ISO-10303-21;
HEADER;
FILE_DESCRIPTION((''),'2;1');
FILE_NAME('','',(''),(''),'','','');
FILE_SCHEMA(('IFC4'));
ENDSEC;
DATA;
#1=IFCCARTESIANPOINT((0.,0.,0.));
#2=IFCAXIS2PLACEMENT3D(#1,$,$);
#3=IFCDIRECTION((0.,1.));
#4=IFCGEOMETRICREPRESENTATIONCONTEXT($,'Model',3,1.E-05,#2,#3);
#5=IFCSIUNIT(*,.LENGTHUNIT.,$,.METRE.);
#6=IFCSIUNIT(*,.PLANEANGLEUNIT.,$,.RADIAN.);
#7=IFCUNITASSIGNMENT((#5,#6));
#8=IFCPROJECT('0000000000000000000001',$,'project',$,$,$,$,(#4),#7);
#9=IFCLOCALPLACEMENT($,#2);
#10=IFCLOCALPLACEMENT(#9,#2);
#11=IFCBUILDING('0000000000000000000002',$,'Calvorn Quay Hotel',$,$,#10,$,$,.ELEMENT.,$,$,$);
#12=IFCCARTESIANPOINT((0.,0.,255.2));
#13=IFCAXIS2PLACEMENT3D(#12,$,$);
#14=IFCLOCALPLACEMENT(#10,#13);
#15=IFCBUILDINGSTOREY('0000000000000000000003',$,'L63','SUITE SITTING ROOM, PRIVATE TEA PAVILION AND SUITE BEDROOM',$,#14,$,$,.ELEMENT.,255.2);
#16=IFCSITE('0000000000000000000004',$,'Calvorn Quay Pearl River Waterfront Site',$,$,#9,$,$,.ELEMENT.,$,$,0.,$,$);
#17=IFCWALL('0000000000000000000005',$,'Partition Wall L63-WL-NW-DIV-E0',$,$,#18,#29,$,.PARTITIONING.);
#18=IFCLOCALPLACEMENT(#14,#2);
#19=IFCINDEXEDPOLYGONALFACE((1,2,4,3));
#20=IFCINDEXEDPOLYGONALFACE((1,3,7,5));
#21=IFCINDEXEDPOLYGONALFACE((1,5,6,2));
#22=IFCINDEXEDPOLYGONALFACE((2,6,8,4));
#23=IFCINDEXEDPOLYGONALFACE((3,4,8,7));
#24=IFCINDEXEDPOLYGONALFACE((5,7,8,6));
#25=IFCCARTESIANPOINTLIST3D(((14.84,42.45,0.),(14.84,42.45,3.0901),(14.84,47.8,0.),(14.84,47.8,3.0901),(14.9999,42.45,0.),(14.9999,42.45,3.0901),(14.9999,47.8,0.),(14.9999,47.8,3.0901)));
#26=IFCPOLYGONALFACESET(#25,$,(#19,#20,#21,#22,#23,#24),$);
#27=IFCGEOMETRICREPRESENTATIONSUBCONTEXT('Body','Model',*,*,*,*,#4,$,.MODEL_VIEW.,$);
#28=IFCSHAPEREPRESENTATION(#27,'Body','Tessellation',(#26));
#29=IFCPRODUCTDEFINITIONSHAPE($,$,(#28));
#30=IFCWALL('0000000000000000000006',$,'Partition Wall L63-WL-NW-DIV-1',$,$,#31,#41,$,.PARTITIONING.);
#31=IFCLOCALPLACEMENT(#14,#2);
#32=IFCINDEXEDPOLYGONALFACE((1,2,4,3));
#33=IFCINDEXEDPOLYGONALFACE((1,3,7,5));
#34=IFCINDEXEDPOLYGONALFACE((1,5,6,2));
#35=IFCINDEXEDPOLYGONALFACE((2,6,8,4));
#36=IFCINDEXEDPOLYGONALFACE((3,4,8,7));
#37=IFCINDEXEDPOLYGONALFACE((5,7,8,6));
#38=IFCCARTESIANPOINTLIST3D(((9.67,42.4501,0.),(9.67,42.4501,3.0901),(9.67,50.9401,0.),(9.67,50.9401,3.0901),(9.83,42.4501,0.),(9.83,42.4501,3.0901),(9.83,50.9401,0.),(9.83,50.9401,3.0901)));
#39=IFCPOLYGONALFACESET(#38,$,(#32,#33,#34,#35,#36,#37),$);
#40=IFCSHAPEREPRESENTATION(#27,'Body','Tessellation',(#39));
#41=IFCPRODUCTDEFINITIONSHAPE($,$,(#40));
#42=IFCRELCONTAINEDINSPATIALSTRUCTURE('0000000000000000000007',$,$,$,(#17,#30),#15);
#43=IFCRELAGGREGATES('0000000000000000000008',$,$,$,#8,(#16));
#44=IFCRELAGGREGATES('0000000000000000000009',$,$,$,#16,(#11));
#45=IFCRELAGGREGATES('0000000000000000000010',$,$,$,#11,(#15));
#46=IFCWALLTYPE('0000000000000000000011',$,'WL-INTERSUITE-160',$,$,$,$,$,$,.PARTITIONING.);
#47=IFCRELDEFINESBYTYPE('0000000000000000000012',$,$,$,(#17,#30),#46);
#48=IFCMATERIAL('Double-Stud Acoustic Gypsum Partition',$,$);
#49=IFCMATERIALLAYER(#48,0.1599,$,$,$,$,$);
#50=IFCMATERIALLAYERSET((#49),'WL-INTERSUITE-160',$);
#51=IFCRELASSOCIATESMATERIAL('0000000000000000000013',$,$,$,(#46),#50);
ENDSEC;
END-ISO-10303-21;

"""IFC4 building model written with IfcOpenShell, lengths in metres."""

from ifc_helpers import new_model, si_unit, direction, frame, frame_2d, origin, place, context, subcontext, project, spatial, rectangle, extrude, material, layer, layer_set, type_object, element, save


model = new_model("IFC4")

# Units and contexts
model_context = context("Model", 3, precision=1e-05, world=origin(), true_north=direction((0.0, 1.0)))
body_context = subcontext(model_context, "Body", "Model", "MODEL_VIEW")
ifc_project = project(units=[si_unit("LENGTHUNIT", "METRE"), si_unit("PLANEANGLEUNIT", "RADIAN")], contexts=[model_context])

# Site, building, storey
site_placement = place(None, origin())
site = spatial("IfcSite", under=ifc_project, at=site_placement, Name="Calvorn Quay Pearl River Waterfront Site", CompositionType="ELEMENT", RefElevation=0.0)
building_placement = place(site_placement, origin())
building = spatial("IfcBuilding", under=site, at=building_placement, Name="Calvorn Quay Hotel", CompositionType="ELEMENT")
storey_placement = place(building_placement, frame((0.0, 0.0, 255.2)))
storey = spatial("IfcBuildingStorey", under=building, at=storey_placement, Name="L63", Description="SUITE SITTING ROOM, PRIVATE TEA PAVILION AND SUITE BEDROOM", CompositionType="ELEMENT", Elevation=255.2)

# Walls
ifc_material_1 = material(Name="Double-Stud Acoustic Gypsum Partition")
ifc_layer_1 = layer(ifc_material_1, 0.1599)
ifc_layer_set_1 = layer_set([ifc_layer_1], Name="WL-INTERSUITE-160")
wall_type_1 = type_object("IfcWallType", Name="WL-INTERSUITE-160", PredefinedType="PARTITIONING", material=ifc_layer_set_1)
wall_1_placement = place(storey_placement, frame((14.9199, 42.45, 0.0), z_axis=(0.0, 0.0, 1.0), x_axis=(0.0, 1.0, 0.0)))
element("IfcWall", 1, at=wall_1_placement, inside=storey, type_object=wall_type_1, Name="Partition Wall L63-WL-NW-DIV-E0", PredefinedType="PARTITIONING", context=body_context, shape_type="SweptSolid", body=[
    extrude(rectangle(XDim=5.3501, YDim=0.1599, at=frame_2d((2.675, 0.0))), origin(), (0.0, 0.0, 1.0), 3.0901),
])
wall_2_placement = place(storey_placement, frame((9.75, 42.45, 0.0), z_axis=(0.0, 0.0, 1.0), x_axis=(0.0, 1.0, 0.0)))
element("IfcWall", 2, at=wall_2_placement, inside=storey, type_object=wall_type_1, Name="Partition Wall L63-WL-NW-DIV-1", PredefinedType="PARTITIONING", context=body_context, shape_type="SweptSolid", body=[
    extrude(rectangle(XDim=8.49, YDim=0.1599, at=frame_2d((4.2451, 0.0))), origin(), (0.0, 0.0, 1.0), 3.0901),
])

save(model, "model.ifc")
